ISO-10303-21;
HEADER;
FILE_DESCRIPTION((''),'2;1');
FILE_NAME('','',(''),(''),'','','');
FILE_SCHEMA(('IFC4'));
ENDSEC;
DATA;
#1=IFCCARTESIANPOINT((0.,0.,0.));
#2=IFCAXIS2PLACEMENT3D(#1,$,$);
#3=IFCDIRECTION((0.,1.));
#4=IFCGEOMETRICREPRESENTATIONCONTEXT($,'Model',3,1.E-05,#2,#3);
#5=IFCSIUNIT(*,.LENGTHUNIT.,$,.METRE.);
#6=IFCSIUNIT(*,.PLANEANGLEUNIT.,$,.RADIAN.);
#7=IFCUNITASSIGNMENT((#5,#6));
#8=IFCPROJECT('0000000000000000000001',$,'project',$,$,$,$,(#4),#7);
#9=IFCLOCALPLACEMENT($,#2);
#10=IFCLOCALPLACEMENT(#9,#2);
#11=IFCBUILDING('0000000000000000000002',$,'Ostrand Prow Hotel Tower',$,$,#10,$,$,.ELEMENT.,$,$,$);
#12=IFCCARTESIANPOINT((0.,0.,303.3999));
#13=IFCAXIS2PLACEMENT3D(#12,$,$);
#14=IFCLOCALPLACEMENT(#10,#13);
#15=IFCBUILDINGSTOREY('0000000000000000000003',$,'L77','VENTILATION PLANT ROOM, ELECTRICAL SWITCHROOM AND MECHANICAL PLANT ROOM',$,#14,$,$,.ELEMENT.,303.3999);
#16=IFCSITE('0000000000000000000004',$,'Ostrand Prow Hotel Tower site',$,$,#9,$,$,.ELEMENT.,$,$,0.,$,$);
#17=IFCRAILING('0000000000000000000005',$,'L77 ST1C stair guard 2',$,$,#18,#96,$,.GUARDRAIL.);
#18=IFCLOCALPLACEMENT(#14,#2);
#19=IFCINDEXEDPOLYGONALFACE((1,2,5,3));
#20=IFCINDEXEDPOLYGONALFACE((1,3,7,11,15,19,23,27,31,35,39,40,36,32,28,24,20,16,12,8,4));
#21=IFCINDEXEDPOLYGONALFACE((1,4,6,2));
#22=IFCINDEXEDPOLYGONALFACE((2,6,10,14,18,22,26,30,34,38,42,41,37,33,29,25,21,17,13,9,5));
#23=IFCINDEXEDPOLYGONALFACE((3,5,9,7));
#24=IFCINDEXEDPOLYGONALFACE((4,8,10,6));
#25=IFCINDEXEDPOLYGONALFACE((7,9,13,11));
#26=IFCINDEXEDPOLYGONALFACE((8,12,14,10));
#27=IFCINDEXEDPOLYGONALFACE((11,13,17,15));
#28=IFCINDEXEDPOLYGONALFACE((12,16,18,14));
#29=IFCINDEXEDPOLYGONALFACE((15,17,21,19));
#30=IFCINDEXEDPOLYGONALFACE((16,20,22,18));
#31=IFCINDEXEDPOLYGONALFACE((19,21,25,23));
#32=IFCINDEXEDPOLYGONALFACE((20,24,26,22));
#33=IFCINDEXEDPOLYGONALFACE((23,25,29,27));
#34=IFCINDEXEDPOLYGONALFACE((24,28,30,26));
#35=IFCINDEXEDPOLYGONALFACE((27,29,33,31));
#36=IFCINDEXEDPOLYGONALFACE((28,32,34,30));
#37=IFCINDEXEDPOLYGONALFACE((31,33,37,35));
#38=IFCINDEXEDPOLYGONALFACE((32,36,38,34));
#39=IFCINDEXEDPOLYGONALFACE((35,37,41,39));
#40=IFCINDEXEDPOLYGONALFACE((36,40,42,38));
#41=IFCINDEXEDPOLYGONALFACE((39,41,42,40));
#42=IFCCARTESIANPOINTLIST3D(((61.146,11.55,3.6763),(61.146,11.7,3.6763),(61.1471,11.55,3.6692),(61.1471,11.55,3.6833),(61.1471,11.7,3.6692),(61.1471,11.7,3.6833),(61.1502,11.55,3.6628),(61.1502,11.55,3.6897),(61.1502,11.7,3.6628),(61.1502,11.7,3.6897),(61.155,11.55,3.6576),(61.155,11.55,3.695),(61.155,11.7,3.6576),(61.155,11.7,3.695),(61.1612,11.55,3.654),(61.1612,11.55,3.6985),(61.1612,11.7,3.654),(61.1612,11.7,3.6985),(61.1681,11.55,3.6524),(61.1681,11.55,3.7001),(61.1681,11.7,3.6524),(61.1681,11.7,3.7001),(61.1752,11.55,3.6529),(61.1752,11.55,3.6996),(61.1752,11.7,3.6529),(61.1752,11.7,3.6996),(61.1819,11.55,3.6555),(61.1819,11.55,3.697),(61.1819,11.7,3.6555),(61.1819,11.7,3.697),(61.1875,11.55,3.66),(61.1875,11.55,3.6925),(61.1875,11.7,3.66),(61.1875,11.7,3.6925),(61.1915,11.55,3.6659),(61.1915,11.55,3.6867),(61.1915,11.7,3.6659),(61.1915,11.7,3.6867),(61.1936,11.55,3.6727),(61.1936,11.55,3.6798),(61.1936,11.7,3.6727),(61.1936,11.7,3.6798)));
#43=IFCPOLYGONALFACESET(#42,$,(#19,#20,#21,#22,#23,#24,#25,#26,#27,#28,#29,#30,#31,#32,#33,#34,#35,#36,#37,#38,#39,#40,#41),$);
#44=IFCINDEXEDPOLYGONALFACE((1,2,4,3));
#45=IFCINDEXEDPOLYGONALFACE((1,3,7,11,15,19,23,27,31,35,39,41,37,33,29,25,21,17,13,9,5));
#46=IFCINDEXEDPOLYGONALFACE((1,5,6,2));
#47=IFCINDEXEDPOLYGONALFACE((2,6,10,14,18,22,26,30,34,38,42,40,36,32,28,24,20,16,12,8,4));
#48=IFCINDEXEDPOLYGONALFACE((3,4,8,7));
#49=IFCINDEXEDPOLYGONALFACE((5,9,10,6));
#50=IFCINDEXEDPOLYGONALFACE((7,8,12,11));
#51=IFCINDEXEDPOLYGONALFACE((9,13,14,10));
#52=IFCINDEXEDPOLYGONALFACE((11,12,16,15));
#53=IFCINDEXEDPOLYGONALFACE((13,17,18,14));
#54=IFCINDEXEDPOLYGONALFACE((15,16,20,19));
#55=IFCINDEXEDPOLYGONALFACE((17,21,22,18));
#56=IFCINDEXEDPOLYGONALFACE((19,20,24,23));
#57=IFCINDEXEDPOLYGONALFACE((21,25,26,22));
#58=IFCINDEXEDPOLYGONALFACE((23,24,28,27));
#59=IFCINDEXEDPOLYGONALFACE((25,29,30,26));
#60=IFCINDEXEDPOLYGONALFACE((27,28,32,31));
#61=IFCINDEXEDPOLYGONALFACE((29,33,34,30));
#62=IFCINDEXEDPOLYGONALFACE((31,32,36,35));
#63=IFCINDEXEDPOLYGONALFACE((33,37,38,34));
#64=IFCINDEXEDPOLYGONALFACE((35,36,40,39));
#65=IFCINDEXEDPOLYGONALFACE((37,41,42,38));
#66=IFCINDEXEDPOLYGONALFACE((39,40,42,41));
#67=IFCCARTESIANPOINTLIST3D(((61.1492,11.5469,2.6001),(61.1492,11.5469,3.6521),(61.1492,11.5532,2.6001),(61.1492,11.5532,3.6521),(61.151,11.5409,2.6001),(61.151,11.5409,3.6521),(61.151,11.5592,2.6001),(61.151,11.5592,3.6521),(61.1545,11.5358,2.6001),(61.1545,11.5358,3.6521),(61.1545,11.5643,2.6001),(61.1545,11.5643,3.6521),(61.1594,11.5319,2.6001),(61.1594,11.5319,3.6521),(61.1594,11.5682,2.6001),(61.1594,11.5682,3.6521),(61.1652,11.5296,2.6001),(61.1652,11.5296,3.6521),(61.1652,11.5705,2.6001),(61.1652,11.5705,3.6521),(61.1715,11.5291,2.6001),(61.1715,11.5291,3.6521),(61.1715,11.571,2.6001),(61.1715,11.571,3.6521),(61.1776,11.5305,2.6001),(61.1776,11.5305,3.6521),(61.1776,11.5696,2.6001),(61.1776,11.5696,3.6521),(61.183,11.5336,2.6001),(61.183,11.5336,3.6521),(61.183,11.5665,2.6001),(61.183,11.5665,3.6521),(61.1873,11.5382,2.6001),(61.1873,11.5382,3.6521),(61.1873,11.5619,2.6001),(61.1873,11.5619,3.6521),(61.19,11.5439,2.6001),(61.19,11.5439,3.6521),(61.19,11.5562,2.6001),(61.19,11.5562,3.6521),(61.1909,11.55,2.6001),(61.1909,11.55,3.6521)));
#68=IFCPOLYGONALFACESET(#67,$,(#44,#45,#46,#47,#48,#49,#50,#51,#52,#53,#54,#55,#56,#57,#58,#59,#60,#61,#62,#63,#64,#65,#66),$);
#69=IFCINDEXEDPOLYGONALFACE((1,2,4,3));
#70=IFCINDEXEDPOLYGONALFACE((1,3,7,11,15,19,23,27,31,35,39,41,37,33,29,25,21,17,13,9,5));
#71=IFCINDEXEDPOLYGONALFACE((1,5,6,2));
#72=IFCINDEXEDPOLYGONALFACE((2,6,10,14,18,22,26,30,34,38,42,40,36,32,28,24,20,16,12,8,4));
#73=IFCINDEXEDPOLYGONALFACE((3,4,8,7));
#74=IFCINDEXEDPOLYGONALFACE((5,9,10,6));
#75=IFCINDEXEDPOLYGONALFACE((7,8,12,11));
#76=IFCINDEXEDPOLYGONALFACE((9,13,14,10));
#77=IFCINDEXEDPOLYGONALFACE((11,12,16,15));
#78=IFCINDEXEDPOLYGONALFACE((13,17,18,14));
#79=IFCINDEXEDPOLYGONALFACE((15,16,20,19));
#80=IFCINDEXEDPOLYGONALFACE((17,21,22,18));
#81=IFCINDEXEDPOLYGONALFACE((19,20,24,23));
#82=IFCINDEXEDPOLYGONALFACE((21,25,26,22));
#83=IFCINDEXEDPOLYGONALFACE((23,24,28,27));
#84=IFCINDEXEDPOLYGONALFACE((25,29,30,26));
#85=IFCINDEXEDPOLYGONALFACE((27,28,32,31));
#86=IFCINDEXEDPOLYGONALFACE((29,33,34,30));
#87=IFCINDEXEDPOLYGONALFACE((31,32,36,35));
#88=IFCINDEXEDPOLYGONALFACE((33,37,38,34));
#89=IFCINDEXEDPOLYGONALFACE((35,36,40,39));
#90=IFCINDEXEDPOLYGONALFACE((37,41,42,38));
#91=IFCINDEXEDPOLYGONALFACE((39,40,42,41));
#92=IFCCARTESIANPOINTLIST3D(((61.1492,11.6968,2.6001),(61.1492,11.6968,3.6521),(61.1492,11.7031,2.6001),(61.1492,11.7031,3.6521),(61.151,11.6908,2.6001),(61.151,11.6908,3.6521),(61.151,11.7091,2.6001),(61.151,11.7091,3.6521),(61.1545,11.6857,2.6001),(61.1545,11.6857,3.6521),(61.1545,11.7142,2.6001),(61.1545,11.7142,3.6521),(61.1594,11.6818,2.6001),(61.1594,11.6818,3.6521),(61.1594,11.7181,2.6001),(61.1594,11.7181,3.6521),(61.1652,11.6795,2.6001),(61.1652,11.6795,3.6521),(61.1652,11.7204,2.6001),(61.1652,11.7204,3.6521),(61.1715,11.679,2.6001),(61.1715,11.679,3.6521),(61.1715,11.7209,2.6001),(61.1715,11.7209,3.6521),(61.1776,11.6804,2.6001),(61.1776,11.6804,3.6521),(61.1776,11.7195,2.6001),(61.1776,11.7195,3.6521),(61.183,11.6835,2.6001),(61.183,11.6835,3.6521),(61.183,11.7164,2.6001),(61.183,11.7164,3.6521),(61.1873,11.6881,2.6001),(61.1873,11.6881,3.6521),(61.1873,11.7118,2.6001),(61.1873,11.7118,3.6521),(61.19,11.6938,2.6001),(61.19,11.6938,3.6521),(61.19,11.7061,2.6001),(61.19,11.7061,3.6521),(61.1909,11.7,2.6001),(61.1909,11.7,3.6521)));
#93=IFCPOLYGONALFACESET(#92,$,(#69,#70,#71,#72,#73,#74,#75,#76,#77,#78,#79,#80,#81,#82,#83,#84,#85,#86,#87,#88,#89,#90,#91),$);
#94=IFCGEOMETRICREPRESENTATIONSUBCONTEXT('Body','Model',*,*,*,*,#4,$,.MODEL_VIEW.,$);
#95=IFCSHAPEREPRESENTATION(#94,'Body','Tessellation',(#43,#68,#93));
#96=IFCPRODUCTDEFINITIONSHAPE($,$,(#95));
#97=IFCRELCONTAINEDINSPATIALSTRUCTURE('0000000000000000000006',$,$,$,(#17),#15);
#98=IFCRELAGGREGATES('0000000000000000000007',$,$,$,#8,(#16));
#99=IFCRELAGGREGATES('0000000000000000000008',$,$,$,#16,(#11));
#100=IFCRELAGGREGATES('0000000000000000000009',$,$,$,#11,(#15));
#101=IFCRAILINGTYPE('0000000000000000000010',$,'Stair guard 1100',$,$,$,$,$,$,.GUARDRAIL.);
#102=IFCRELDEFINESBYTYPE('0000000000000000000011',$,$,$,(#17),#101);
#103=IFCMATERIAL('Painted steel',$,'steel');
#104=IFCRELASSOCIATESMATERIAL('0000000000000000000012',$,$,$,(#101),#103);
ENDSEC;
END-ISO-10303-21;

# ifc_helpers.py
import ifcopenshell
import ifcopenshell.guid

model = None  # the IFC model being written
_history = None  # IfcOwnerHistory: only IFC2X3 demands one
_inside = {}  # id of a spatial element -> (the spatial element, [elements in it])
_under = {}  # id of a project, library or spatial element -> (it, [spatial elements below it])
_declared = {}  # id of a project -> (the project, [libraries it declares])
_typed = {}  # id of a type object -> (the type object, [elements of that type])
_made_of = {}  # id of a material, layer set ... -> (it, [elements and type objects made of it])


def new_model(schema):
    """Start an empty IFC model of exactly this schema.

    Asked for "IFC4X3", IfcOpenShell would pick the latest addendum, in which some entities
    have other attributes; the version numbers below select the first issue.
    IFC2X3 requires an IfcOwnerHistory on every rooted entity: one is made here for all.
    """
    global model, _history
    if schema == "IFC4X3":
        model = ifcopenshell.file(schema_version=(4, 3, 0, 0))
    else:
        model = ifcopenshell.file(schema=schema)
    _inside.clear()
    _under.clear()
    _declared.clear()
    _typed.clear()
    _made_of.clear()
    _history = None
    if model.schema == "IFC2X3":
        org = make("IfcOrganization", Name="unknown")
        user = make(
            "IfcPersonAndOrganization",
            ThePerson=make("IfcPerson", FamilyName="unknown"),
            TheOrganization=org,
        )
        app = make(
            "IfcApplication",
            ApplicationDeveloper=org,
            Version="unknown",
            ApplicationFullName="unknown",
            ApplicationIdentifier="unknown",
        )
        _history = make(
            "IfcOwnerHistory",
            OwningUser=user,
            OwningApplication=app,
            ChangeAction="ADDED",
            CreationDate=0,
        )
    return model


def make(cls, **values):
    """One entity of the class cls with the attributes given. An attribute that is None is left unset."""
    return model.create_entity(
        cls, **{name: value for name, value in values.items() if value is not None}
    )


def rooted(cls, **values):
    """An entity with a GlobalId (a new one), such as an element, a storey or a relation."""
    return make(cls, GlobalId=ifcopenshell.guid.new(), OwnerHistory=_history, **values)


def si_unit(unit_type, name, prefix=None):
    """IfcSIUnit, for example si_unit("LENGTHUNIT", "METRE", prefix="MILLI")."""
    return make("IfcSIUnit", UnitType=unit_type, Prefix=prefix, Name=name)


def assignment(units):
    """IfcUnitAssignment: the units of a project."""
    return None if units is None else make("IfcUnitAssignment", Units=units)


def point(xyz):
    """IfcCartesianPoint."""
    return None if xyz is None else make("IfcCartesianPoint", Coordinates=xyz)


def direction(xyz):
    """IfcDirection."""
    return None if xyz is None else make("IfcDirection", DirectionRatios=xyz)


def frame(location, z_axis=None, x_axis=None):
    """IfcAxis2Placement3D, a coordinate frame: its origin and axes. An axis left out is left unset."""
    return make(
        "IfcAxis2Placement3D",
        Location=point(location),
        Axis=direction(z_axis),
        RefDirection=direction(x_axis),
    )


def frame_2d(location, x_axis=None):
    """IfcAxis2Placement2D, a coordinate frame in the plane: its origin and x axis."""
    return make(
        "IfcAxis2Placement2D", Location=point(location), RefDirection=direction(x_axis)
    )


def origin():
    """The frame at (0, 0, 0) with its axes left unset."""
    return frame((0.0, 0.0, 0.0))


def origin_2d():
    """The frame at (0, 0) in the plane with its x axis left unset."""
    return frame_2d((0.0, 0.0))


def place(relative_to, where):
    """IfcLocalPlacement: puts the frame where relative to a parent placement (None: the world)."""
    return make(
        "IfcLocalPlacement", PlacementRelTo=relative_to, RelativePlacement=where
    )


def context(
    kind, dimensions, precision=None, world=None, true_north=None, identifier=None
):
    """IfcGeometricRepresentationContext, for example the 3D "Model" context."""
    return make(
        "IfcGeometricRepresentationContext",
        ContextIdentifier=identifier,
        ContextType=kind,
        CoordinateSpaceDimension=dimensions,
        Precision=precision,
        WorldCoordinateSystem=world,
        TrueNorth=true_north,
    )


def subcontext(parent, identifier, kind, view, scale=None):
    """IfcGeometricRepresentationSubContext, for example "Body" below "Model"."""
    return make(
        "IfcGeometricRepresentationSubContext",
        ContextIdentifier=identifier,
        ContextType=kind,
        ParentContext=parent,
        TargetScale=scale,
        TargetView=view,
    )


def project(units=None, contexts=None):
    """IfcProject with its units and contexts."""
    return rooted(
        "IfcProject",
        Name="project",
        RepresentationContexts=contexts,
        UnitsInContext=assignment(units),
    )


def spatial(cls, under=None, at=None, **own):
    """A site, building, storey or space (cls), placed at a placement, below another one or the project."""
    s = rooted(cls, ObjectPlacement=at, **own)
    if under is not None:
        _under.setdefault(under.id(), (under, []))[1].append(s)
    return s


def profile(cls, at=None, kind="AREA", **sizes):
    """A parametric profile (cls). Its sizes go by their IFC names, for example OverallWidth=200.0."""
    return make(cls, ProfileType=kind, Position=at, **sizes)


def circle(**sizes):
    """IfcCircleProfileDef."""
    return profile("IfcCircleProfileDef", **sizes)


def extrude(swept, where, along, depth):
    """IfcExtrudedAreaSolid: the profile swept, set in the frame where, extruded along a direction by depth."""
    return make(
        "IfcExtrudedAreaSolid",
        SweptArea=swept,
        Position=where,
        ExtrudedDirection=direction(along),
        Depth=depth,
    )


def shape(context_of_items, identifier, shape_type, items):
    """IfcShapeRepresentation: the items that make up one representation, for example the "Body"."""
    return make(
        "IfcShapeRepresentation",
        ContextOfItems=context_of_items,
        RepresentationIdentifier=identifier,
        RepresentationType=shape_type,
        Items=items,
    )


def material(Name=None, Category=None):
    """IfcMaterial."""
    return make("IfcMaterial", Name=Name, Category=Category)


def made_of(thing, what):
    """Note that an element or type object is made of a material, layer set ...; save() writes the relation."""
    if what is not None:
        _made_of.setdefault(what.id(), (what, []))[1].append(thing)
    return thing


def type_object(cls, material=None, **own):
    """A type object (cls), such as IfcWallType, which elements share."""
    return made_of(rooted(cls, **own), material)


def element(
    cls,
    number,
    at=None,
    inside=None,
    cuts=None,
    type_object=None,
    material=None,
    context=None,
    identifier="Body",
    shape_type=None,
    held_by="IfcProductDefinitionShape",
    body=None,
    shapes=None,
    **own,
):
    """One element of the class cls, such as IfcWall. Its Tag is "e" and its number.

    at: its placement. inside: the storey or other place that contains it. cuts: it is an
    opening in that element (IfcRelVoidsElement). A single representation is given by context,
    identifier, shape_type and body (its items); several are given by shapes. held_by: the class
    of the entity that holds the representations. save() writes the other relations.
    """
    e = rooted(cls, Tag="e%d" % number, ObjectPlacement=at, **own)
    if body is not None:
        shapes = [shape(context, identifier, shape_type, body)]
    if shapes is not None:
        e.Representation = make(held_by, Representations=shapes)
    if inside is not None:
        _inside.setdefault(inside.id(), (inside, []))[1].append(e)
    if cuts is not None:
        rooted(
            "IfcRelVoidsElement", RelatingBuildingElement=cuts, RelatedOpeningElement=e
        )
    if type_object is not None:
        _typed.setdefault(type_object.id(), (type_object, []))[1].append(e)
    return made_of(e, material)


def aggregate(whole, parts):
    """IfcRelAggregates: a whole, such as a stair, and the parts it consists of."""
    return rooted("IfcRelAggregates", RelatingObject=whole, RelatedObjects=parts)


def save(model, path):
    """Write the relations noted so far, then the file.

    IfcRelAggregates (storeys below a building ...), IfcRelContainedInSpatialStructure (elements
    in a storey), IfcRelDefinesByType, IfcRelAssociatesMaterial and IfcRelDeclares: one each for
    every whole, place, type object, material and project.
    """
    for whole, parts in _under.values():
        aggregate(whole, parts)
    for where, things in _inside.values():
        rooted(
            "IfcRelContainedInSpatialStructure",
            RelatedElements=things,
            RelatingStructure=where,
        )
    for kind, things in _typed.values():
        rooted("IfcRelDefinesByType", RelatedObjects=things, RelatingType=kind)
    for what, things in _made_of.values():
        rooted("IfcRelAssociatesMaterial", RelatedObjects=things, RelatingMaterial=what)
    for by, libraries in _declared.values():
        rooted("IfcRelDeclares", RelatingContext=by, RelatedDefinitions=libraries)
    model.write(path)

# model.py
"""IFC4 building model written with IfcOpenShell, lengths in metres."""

from ifc_helpers import new_model, si_unit, direction, frame, origin, origin_2d, place, context, subcontext, project, spatial, circle, extrude, material, type_object, element, save


model = new_model("IFC4")

# Units and contexts
model_context = context("Model", 3, precision=1e-05, world=origin(), true_north=direction((0.0, 1.0)))
body_context = subcontext(model_context, "Body", "Model", "MODEL_VIEW")
ifc_project = project(units=[si_unit("LENGTHUNIT", "METRE"), si_unit("PLANEANGLEUNIT", "RADIAN")], contexts=[model_context])

# Site, building, storey
site_placement = place(None, origin())
site = spatial("IfcSite", under=ifc_project, at=site_placement, Name="Ostrand Prow Hotel Tower site", CompositionType="ELEMENT", RefElevation=0.0)
building_placement = place(site_placement, origin())
building = spatial("IfcBuilding", under=site, at=building_placement, Name="Ostrand Prow Hotel Tower", CompositionType="ELEMENT")
storey_placement = place(building_placement, frame((0.0, 0.0, 303.3999)))
storey = spatial("IfcBuildingStorey", under=building, at=storey_placement, Name="L77", Description="VENTILATION PLANT ROOM, ELECTRICAL SWITCHROOM AND MECHANICAL PLANT ROOM", CompositionType="ELEMENT", Elevation=303.3999)

# Railing
ifc_material_1 = material(Name="Painted steel", Category="steel")
railing_type_1 = type_object("IfcRailingType", Name="Stair guard 1100", PredefinedType="GUARDRAIL", material=ifc_material_1)
railing_1_placement = place(storey_placement, frame((61.1699, 11.55, 2.6001)))
element("IfcRailing", 1, at=railing_1_placement, inside=storey, type_object=railing_type_1, Name="L77 ST1C stair guard 2", PredefinedType="GUARDRAIL", context=body_context, shape_type="SweptSolid", body=[
    extrude(circle(Radius=0.0239, at=origin_2d()), frame((0.0, 0.0, 1.0762), z_axis=(0.0, 1.0, 0.0), x_axis=(-1.0, 0.0, 0.0)), (0.0, 0.0, 1.0), 0.1499),
    extrude(circle(Radius=0.021, at=origin_2d()), origin(), (0.0, 0.0, 1.0), 1.052),
    extrude(circle(Radius=0.021, at=origin_2d()), frame((0.0, 0.1499, 0.0)), (0.0, 0.0, 1.0), 1.052),
])

save(model, "model.ifc")
